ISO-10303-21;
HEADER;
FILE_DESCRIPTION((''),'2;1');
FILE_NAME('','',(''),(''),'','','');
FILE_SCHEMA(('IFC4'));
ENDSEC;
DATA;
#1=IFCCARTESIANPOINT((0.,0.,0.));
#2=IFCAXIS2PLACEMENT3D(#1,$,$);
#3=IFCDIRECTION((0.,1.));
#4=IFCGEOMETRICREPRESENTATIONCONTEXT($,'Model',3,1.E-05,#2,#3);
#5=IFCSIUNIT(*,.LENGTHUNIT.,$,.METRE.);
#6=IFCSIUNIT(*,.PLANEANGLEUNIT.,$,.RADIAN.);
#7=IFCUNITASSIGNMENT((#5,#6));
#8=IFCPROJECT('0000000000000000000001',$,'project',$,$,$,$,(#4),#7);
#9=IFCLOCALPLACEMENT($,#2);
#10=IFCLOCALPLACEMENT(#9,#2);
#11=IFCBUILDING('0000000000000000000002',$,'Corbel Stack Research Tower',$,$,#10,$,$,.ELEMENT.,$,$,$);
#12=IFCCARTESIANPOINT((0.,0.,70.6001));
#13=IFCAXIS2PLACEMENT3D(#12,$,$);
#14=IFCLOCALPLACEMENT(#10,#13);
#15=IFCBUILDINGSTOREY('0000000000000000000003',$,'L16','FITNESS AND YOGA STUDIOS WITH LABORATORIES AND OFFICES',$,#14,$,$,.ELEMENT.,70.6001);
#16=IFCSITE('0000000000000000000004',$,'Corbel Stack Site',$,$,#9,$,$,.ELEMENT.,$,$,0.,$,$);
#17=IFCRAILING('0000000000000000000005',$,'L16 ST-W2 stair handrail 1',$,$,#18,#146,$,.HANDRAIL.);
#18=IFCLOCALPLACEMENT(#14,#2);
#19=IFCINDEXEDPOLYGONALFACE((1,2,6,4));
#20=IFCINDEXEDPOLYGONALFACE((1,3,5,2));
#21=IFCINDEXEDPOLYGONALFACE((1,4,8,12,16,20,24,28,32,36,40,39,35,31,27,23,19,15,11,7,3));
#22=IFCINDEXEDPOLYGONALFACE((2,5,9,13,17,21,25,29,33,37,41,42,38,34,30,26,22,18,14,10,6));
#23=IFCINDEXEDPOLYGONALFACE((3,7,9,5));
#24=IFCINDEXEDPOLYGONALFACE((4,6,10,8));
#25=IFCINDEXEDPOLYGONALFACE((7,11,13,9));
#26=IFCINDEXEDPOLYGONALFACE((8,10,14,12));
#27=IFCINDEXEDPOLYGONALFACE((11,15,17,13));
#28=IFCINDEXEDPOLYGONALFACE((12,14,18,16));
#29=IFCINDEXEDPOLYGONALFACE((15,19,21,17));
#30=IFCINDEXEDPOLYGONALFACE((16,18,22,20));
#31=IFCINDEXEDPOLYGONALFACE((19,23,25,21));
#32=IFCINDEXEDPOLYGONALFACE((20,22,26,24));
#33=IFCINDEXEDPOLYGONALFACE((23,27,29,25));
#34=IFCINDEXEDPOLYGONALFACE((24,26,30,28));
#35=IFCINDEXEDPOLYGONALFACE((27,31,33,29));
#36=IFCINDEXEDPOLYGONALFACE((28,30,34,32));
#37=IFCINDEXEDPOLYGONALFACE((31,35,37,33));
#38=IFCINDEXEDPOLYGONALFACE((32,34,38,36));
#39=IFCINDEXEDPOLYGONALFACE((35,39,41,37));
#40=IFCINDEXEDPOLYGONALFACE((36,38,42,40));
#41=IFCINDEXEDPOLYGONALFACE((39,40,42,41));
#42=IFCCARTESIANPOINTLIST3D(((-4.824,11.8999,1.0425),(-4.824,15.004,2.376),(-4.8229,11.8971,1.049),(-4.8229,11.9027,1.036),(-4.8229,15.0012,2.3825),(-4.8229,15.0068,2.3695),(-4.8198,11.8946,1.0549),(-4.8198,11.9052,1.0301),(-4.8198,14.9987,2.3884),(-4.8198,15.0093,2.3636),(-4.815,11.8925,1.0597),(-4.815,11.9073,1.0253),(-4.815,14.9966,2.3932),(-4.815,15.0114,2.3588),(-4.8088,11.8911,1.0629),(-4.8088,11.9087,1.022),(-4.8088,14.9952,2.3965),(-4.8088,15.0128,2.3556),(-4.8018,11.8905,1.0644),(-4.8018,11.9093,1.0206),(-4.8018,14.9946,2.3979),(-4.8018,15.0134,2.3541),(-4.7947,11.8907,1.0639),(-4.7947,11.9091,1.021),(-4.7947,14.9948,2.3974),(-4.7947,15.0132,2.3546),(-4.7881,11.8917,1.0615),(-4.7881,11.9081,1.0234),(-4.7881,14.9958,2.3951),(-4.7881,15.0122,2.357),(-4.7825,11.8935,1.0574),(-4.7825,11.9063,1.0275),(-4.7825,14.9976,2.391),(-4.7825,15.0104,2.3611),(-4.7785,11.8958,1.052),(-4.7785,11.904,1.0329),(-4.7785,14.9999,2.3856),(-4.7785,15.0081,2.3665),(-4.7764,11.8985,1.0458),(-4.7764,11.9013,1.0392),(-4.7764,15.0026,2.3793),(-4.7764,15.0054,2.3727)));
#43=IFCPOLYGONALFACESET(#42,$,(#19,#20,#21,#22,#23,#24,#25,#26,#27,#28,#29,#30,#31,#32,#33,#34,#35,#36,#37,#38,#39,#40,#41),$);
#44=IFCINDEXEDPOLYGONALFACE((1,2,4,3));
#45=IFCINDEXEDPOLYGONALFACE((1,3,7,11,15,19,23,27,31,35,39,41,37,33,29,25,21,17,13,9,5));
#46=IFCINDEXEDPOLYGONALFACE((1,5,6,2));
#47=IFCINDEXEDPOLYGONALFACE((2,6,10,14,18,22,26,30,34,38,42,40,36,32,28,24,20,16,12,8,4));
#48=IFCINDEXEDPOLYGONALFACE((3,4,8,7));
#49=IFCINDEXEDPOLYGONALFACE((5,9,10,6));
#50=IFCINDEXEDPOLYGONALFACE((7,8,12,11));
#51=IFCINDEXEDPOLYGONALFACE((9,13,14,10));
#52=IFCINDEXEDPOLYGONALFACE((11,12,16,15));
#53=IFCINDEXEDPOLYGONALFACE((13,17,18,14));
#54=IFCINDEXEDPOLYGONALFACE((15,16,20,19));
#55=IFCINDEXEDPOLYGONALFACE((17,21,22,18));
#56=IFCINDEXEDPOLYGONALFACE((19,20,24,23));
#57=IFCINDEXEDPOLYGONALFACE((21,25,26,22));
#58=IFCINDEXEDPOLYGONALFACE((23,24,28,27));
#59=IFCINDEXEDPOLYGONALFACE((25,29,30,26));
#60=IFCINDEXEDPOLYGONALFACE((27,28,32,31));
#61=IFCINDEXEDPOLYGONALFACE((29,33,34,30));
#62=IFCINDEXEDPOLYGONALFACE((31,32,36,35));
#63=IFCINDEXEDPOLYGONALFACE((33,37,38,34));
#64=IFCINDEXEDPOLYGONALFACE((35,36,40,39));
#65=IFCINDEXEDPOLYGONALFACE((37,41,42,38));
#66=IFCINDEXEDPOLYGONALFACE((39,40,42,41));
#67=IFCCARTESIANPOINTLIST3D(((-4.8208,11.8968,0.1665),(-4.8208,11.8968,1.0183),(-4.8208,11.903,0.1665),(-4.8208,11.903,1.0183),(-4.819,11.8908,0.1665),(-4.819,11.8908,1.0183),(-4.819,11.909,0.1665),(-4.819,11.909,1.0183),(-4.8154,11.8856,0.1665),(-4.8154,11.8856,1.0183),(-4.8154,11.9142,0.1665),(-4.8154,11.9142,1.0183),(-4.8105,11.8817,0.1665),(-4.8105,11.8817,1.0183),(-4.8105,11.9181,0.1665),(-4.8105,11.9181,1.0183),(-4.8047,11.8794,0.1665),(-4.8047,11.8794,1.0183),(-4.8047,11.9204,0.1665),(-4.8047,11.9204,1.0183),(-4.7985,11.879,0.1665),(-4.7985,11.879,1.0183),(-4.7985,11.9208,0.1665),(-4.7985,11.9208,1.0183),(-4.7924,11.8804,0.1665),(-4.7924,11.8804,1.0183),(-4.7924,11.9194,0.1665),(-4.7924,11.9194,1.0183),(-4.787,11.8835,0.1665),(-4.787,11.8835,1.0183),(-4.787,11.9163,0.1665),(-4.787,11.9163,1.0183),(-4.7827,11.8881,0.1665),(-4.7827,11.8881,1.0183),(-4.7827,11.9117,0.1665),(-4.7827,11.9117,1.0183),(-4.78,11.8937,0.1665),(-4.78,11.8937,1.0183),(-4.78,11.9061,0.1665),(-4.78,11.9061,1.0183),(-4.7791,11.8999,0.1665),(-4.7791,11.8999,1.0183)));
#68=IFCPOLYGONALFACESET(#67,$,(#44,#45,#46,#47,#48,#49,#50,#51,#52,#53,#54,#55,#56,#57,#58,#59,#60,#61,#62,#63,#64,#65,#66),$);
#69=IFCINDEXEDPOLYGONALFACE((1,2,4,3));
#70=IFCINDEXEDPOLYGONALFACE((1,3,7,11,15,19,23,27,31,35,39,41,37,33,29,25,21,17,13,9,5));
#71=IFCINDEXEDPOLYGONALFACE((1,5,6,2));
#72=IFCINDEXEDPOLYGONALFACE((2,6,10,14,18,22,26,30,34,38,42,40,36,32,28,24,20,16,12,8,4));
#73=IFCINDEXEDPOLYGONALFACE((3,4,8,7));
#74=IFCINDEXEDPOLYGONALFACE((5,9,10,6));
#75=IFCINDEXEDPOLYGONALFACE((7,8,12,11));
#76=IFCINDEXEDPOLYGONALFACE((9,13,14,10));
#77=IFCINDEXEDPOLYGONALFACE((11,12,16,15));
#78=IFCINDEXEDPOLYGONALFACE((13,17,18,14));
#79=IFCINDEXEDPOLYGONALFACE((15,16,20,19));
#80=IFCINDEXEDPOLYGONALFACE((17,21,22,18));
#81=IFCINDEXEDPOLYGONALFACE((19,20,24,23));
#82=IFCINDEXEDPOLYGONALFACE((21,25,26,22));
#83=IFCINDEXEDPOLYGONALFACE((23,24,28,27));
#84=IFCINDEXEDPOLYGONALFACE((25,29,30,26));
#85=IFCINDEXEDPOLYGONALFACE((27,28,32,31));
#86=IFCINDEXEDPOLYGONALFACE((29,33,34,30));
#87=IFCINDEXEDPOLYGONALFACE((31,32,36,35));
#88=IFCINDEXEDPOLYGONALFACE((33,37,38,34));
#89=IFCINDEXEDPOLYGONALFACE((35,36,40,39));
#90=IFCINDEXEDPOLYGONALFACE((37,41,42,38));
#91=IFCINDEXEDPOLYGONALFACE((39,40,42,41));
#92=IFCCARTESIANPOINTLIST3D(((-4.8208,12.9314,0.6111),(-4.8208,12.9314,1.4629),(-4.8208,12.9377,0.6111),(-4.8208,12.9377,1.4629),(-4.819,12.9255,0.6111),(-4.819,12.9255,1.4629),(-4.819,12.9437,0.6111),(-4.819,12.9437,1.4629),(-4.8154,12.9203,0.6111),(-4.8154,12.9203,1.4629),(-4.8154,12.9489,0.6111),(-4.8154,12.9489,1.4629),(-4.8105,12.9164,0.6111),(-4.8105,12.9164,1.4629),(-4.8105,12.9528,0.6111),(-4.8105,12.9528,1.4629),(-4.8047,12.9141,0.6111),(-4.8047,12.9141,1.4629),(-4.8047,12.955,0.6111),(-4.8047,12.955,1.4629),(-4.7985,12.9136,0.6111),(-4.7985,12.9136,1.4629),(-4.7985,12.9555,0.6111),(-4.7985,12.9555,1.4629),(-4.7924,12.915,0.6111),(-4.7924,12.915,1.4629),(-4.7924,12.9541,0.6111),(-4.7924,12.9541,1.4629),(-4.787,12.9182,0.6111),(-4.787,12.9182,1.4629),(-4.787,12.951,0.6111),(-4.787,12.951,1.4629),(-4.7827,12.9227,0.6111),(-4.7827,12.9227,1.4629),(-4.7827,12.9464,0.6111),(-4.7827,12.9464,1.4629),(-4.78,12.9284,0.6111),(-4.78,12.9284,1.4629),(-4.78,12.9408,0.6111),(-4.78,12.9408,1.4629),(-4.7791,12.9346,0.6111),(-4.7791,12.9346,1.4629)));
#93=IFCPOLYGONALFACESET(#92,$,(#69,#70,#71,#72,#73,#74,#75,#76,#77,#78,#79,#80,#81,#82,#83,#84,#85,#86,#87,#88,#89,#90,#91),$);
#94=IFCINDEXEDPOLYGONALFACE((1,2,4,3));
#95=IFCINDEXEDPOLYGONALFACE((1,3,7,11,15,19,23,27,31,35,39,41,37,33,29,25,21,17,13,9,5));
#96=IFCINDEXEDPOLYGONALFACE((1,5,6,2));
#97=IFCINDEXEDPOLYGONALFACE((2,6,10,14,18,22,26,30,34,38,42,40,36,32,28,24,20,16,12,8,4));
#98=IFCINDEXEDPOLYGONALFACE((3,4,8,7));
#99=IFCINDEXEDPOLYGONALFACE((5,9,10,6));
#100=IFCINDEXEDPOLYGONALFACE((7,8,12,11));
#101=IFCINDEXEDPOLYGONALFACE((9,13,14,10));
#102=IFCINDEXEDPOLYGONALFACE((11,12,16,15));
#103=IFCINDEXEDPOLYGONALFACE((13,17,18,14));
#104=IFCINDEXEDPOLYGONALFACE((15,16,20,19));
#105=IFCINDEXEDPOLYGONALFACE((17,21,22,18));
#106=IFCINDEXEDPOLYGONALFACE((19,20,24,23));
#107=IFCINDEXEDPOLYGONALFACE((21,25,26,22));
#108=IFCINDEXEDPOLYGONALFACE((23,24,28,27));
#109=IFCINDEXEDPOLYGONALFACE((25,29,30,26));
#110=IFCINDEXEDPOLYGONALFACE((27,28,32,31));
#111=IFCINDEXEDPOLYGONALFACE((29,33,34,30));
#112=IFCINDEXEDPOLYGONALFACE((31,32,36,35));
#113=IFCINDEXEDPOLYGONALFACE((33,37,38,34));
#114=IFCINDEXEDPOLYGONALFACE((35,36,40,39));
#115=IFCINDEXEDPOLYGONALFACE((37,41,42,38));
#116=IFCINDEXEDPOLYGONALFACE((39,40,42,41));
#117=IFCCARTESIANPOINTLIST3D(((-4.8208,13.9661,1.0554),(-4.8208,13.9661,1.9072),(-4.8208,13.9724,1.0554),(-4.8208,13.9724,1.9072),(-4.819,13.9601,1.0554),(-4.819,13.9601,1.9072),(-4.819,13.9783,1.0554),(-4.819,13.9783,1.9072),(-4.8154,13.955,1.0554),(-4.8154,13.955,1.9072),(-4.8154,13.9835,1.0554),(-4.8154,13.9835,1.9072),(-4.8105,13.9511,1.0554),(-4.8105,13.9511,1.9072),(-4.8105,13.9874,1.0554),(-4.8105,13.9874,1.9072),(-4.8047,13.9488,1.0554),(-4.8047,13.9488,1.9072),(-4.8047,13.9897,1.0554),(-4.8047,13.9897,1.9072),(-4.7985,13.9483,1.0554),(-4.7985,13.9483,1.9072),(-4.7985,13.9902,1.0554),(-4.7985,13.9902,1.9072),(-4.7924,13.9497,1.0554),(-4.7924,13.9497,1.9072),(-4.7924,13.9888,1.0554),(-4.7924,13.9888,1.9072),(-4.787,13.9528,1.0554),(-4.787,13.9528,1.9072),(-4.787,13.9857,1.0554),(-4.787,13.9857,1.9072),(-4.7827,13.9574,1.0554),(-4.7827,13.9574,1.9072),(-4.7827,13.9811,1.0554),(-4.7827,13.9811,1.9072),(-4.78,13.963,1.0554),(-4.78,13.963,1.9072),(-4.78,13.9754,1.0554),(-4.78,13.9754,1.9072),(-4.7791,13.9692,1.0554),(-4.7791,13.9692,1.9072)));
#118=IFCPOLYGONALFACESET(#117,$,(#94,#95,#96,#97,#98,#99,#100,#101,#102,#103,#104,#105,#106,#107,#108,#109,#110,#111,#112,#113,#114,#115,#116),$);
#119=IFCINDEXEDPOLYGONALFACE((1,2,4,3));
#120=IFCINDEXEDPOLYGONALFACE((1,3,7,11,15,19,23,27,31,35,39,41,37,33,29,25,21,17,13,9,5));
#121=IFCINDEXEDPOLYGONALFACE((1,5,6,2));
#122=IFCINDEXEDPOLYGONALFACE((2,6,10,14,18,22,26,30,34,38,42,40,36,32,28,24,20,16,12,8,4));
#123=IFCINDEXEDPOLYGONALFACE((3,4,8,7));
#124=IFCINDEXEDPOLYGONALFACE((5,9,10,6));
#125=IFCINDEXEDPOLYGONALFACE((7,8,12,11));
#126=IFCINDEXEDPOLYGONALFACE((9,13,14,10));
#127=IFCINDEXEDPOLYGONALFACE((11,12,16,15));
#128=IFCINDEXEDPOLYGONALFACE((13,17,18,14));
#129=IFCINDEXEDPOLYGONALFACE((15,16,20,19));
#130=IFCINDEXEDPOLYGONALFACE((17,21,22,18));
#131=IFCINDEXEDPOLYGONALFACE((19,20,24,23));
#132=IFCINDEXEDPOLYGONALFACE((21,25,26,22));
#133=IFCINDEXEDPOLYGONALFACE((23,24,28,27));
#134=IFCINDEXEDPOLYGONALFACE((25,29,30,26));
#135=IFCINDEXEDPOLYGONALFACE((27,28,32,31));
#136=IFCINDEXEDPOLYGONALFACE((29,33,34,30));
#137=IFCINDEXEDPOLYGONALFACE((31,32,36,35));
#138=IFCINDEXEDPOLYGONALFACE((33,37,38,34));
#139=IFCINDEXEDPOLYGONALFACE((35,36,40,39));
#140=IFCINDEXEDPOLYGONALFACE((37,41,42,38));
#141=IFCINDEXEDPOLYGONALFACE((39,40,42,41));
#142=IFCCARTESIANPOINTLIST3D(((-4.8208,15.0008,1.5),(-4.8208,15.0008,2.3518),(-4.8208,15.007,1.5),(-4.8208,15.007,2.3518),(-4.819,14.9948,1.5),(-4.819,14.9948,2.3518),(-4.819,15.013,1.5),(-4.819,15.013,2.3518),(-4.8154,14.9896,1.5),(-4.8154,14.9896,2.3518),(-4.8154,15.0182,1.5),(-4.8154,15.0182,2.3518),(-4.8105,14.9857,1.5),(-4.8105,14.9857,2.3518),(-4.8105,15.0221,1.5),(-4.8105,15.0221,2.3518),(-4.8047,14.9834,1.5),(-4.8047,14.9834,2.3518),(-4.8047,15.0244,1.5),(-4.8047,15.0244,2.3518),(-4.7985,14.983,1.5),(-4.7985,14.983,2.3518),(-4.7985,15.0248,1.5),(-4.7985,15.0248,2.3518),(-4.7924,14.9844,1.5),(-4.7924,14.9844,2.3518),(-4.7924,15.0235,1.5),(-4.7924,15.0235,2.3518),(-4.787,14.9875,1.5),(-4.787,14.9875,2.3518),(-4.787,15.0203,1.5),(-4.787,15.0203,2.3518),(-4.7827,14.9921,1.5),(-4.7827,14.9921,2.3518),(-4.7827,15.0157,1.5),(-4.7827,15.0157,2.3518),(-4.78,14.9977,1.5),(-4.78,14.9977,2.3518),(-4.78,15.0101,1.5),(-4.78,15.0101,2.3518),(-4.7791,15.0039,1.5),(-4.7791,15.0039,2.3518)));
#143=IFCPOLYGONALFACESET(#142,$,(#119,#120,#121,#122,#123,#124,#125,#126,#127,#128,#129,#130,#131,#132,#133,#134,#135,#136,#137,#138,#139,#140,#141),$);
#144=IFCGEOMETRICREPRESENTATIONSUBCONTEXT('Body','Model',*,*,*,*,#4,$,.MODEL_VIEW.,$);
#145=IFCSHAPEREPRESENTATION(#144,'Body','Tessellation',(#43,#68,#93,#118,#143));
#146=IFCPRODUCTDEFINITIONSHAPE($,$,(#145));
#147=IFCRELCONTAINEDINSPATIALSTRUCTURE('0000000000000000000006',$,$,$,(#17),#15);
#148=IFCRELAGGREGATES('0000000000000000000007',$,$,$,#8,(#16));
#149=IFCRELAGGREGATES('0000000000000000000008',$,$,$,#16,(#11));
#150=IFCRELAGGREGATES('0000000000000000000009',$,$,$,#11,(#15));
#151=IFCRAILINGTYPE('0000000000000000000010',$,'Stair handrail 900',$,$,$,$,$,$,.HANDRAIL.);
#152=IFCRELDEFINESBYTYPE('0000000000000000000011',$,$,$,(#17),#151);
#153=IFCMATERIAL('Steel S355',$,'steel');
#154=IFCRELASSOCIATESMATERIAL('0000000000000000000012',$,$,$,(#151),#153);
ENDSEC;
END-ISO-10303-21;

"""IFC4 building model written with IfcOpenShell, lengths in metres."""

from ifc_helpers import new_model, si_unit, direction, frame, origin, origin_2d, place, context, subcontext, project, spatial, circle, extrude, material, type_object, element, save


model = new_model("IFC4")

# Units and contexts
model_context = context("Model", 3, precision=1e-05, world=origin(), true_north=direction((0.0, 1.0)))
body_context = subcontext(model_context, "Body", "Model", "MODEL_VIEW")
ifc_project = project(units=[si_unit("LENGTHUNIT", "METRE"), si_unit("PLANEANGLEUNIT", "RADIAN")], contexts=[model_context])

# Site, building, storey
site_placement = place(None, origin())
site = spatial("IfcSite", under=ifc_project, at=site_placement, Name="Corbel Stack Site", CompositionType="ELEMENT", RefElevation=0.0)
building_placement = place(site_placement, origin())
building = spatial("IfcBuilding", under=site, at=building_placement, Name="Corbel Stack Research Tower", CompositionType="ELEMENT")
storey_placement = place(building_placement, frame((0.0, 0.0, 70.6001)))
storey = spatial("IfcBuildingStorey", under=building, at=storey_placement, Name="L16", Description="FITNESS AND YOGA STUDIOS WITH LABORATORIES AND OFFICES", CompositionType="ELEMENT", Elevation=70.6001)

# Railing
ifc_material_1 = material(Name="Steel S355", Category="steel")
railing_type_1 = type_object("IfcRailingType", Name="Stair handrail 900", PredefinedType="HANDRAIL", material=ifc_material_1)
for number, where, name in (
    (1, (-4.8, 11.8999, 0.1665), "L16 ST-W2 stair handrail 1"),
):
    element("IfcRailing", number, at=place(storey_placement, frame(where)), inside=storey, type_object=railing_type_1, Name=name, PredefinedType="HANDRAIL", context=body_context, shape_type="SweptSolid", body=[
        extrude(circle(Radius=0.0239, at=origin_2d()), frame((0.0, 0.0, 0.876), z_axis=(0.0, 0.918801, 0.394722), x_axis=(-1.0, 0.0, 0.0)), (0.0, 0.0, 1.0), 3.3784),
        extrude(circle(Radius=0.021, at=origin_2d()), origin(), (0.0, 0.0, 1.0), 0.8518),
        extrude(circle(Radius=0.021, at=origin_2d()), frame((0.0, 1.0347, 0.4446)), (0.0, 0.0, 1.0), 0.8518),
        extrude(circle(Radius=0.021, at=origin_2d()), frame((0.0, 2.0693, 0.8889)), (0.0, 0.0, 1.0), 0.8518),
        extrude(circle(Radius=0.021, at=origin_2d()), frame((0.0, 3.104, 1.3335)), (0.0, 0.0, 1.0), 0.8518),
    ])

save(model, "model.ifc")
